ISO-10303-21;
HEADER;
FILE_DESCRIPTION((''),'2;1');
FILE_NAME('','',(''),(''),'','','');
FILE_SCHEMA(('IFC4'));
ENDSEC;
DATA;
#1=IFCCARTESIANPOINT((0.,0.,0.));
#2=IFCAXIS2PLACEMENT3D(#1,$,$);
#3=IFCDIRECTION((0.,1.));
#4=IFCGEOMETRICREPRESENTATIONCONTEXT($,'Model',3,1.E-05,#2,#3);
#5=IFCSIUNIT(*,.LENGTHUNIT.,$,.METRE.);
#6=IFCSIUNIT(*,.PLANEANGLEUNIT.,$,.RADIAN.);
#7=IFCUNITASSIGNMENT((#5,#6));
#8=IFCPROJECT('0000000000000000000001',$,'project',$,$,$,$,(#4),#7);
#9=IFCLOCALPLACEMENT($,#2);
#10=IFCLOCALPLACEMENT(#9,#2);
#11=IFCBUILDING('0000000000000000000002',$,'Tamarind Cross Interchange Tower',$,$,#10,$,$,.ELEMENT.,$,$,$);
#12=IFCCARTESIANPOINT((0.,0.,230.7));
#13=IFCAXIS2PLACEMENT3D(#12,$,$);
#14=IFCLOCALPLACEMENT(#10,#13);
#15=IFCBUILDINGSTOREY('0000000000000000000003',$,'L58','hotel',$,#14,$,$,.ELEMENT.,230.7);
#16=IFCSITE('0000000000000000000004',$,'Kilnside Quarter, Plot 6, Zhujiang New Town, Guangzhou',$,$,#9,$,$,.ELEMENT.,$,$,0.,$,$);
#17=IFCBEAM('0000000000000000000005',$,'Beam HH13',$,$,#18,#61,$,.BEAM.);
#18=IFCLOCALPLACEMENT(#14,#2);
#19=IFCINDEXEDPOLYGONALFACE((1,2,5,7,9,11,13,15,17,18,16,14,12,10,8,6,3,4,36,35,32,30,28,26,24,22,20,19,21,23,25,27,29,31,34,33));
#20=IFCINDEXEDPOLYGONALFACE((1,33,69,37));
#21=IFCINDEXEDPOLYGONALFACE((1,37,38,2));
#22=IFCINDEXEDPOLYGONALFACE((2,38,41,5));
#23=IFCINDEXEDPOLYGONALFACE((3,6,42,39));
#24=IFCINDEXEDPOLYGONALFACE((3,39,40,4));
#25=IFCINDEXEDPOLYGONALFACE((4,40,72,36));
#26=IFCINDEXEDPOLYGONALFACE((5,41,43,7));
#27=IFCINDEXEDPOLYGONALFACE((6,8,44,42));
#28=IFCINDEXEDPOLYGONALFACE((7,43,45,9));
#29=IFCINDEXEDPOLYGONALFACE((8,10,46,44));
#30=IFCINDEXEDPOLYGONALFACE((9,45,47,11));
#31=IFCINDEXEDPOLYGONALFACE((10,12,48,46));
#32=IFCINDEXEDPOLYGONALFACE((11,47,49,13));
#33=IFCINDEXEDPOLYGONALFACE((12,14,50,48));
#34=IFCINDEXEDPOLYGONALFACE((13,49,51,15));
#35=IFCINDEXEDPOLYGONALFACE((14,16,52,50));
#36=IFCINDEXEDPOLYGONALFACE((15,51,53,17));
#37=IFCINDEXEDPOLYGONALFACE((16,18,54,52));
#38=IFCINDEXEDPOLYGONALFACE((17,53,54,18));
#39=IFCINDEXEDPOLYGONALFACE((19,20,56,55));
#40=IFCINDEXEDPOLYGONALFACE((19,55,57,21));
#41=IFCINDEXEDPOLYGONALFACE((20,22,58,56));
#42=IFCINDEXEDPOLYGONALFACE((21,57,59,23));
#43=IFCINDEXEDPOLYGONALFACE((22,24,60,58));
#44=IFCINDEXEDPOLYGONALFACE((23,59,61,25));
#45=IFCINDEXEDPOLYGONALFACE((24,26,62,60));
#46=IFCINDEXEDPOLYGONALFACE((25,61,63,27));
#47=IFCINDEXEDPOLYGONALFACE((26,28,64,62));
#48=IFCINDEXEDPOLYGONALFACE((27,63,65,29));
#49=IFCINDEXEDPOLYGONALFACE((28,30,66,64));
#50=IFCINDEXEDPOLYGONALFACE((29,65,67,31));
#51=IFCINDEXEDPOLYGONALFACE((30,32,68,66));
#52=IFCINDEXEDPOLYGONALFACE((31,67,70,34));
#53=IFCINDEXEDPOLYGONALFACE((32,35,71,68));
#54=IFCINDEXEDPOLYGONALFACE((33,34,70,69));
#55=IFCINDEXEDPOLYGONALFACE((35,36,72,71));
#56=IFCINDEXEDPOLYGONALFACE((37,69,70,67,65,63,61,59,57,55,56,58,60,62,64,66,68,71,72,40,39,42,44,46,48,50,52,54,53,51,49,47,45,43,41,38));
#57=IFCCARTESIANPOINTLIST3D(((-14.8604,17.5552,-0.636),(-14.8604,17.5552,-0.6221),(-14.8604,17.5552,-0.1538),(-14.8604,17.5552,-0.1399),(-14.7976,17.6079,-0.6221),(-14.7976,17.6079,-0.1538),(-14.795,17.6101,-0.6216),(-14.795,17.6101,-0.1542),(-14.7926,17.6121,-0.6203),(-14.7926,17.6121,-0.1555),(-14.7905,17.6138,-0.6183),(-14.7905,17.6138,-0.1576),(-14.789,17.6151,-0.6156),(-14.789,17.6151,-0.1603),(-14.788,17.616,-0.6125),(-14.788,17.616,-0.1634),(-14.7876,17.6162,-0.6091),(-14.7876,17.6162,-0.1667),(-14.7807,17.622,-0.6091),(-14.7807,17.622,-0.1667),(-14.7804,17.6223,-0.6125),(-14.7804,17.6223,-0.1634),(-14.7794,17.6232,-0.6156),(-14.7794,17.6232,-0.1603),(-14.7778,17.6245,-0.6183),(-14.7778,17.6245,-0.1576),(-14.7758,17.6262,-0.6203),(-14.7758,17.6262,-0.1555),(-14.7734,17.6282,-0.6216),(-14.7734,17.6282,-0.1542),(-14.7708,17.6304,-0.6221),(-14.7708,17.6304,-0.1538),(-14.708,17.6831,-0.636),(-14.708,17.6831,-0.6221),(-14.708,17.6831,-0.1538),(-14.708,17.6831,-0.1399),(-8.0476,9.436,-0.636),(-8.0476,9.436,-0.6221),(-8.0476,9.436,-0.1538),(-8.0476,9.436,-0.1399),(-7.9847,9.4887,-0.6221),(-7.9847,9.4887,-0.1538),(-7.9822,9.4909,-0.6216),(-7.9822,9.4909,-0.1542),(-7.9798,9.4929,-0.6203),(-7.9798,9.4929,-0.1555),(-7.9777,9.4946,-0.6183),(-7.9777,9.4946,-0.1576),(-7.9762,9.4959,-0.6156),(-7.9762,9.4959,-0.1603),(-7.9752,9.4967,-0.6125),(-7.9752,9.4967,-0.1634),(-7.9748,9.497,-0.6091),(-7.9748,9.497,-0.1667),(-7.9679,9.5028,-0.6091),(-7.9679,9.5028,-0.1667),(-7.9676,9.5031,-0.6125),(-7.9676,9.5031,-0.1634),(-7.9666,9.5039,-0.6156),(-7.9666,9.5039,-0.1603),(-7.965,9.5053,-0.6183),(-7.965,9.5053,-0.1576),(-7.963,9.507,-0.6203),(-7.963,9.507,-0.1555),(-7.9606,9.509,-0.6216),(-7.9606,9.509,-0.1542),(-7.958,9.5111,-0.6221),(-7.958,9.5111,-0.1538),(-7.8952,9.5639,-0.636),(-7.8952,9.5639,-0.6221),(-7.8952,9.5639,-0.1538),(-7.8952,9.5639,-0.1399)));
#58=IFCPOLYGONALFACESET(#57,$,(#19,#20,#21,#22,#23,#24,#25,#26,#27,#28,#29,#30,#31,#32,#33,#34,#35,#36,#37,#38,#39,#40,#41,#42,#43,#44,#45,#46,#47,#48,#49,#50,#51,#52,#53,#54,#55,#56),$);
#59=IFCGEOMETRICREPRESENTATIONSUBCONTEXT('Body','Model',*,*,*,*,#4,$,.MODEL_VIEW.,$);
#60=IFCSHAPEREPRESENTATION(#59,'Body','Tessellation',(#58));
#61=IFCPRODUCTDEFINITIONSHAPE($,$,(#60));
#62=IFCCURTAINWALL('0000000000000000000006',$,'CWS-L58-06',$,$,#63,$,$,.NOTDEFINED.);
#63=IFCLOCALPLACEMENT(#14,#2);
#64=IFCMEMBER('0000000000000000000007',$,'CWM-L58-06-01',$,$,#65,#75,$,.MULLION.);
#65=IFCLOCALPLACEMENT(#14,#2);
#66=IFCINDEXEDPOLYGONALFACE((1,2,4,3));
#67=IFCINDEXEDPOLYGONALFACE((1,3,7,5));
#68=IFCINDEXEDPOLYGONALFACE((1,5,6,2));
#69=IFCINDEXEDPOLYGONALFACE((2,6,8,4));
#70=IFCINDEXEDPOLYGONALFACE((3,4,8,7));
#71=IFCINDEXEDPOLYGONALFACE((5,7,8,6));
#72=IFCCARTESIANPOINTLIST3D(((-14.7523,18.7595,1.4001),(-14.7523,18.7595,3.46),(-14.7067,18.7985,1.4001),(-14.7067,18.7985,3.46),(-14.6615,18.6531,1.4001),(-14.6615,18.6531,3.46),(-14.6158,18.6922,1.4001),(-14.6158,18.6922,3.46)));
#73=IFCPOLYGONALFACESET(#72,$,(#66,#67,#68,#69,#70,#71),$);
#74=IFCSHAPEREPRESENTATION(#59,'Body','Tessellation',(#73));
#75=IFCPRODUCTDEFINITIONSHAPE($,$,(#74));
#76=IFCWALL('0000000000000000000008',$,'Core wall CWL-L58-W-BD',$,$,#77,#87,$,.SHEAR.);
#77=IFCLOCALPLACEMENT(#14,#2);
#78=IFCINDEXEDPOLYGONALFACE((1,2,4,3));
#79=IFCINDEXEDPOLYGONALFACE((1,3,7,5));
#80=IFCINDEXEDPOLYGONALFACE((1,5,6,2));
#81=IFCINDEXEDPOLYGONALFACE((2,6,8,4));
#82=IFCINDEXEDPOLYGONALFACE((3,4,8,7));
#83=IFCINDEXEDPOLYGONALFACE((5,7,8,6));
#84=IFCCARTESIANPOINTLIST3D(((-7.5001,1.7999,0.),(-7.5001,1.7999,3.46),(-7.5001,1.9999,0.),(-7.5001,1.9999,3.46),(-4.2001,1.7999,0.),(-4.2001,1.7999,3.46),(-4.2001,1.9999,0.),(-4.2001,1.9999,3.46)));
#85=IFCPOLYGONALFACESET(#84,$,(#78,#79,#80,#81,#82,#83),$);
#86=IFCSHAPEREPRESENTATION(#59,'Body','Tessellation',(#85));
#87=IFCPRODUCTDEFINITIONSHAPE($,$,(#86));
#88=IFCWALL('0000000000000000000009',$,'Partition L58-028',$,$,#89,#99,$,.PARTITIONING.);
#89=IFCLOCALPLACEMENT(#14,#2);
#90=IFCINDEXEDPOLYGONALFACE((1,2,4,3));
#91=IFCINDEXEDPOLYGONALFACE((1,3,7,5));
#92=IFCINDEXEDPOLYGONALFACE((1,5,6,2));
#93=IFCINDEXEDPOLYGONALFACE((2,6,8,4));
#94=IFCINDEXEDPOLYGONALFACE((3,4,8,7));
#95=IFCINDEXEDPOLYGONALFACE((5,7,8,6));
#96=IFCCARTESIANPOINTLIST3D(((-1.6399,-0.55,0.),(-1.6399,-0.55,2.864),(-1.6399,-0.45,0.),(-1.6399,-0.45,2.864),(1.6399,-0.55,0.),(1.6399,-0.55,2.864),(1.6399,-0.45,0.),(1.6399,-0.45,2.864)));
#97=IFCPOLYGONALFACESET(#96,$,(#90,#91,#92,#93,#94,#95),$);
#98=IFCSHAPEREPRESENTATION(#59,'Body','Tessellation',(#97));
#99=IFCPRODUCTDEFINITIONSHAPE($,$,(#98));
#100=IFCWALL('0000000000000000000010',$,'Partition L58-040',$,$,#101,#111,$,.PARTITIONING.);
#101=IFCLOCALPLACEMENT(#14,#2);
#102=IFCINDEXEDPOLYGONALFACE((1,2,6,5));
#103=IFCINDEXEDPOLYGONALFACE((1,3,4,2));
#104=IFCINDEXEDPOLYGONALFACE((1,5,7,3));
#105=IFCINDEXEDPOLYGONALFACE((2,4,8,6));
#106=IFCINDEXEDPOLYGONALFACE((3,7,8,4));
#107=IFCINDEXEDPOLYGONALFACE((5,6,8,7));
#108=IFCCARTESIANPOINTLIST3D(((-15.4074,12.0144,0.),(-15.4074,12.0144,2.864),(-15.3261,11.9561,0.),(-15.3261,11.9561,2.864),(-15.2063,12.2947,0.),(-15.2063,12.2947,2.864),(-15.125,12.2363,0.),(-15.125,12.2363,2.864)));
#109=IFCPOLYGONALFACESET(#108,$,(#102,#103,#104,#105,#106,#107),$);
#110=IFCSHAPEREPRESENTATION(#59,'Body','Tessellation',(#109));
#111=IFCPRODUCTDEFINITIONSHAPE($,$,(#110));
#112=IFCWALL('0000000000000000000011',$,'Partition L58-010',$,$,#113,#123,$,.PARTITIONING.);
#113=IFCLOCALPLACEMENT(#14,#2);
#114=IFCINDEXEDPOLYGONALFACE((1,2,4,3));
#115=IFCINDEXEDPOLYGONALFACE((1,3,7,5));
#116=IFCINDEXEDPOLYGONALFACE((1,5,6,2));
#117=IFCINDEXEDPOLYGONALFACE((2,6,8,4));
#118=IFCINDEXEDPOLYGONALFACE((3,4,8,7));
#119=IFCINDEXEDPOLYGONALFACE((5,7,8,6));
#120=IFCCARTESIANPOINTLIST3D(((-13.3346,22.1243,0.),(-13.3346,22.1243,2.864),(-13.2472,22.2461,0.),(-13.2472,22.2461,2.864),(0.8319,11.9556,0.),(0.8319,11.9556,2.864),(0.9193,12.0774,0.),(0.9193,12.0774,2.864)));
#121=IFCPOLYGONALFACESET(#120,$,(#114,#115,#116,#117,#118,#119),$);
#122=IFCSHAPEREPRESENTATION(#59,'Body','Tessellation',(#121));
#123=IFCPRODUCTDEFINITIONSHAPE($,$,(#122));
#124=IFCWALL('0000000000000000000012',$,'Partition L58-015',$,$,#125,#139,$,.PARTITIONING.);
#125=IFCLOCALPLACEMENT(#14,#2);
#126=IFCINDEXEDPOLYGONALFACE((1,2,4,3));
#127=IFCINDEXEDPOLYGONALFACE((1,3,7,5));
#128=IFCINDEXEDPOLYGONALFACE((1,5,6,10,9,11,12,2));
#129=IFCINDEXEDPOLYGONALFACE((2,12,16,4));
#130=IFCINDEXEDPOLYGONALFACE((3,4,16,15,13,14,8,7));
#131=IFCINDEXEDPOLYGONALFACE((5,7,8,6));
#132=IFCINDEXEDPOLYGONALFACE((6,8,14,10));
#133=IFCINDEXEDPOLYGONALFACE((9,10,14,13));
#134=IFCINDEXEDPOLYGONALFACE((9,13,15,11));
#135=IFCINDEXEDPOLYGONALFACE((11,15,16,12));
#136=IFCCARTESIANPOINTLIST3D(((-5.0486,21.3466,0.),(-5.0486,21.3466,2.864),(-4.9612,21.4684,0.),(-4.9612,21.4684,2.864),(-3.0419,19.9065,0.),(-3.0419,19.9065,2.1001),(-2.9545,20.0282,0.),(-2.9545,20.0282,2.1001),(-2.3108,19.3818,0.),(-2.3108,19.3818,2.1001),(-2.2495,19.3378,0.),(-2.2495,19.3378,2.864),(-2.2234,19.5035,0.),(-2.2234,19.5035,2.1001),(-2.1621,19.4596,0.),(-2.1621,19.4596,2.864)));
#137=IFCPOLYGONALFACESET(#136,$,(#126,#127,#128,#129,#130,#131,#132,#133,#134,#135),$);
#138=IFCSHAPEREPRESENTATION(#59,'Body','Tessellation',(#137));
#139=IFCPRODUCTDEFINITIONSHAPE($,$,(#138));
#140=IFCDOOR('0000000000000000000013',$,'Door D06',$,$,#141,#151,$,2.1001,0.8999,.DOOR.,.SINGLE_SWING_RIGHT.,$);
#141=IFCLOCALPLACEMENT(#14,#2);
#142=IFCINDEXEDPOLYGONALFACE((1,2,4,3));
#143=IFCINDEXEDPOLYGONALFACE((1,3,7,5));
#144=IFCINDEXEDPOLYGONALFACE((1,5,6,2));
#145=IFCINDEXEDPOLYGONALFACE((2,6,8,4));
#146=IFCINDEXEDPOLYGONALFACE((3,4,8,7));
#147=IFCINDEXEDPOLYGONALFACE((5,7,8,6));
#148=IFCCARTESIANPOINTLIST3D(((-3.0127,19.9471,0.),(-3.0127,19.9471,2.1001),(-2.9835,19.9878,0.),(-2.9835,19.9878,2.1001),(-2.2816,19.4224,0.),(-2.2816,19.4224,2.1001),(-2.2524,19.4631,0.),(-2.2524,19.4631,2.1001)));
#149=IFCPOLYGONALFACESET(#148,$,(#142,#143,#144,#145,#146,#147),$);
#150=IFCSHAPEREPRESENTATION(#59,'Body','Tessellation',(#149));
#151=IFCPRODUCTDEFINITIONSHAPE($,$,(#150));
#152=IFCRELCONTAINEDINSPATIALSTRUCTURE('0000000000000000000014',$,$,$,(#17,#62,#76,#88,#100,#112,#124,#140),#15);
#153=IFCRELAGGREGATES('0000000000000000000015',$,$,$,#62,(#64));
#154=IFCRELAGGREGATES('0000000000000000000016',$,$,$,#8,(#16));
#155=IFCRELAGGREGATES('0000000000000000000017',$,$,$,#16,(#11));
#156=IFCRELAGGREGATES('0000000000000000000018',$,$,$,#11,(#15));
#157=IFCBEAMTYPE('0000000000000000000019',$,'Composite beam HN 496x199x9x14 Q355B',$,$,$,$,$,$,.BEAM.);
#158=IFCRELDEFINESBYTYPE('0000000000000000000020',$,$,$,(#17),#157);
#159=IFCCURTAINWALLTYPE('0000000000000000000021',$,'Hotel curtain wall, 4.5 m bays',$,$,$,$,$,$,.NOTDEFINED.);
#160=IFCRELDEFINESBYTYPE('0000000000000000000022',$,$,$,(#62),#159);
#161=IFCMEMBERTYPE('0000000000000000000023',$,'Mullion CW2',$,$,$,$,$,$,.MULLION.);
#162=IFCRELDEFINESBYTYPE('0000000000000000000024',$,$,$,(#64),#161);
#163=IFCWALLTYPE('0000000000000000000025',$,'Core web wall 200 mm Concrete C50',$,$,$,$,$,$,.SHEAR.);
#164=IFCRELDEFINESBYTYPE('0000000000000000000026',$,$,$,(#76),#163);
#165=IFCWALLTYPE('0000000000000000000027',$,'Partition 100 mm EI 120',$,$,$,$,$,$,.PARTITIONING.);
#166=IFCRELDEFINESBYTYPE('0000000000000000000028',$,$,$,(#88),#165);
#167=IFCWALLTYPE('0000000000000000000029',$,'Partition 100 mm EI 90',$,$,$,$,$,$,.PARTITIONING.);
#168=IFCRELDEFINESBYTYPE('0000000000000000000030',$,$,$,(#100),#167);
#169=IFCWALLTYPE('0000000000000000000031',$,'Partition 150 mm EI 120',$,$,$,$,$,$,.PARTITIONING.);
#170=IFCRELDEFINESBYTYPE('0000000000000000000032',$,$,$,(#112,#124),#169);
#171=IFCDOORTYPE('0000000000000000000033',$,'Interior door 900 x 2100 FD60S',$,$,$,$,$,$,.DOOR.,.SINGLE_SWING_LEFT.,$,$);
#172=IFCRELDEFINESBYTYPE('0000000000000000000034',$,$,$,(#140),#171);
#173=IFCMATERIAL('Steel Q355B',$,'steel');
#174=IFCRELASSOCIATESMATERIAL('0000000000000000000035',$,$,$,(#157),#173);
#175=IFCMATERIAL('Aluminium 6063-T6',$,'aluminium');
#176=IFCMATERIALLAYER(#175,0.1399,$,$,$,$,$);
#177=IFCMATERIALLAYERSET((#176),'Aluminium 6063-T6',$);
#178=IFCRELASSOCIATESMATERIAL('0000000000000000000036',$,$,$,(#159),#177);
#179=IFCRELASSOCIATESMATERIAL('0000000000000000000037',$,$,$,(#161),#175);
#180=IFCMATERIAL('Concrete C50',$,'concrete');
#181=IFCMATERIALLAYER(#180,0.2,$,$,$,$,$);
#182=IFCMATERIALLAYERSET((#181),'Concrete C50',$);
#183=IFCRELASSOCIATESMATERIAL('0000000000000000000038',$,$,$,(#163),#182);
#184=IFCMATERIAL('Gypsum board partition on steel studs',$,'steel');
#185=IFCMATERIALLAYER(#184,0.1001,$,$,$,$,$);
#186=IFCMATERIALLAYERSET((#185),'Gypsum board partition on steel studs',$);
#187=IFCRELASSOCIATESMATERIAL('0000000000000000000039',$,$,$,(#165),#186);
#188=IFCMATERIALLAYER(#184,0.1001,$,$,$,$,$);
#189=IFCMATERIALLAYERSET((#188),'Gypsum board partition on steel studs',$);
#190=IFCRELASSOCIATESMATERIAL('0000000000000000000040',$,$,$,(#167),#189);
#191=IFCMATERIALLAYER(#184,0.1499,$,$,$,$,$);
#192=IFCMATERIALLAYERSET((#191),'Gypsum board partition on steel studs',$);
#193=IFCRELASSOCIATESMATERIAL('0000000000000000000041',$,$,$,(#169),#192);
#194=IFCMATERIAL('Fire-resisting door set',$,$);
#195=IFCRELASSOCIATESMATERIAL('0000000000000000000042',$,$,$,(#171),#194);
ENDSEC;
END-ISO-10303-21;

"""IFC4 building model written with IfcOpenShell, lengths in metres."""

from ifc_helpers import new_model, si_unit, direction, frame, frame_2d, origin, origin_2d, place, context, subcontext, project, spatial, rectangle, i_section, extrude, material, layer, layer_set, material_profile, profile_set, type_object, element, fill, aggregate, save


model = new_model("IFC4")

# Units and contexts
model_context = context("Model", 3, precision=1e-05, world=origin(), true_north=direction((0.0, 1.0)))
body_context = subcontext(model_context, "Body", "Model", "MODEL_VIEW")
ifc_project = project(units=[si_unit("LENGTHUNIT", "METRE"), si_unit("PLANEANGLEUNIT", "RADIAN")], contexts=[model_context])

# Site, building, storey
site_placement = place(None, origin())
site = spatial("IfcSite", under=ifc_project, at=site_placement, Name="Kilnside Quarter, Plot 6, Zhujiang New Town, Guangzhou", CompositionType="ELEMENT", RefElevation=0.0)
building_placement = place(site_placement, origin())
building = spatial("IfcBuilding", under=site, at=building_placement, Name="Tamarind Cross Interchange Tower", CompositionType="ELEMENT")
storey_placement = place(building_placement, frame((0.0, 0.0, 230.7)))
storey = spatial("IfcBuildingStorey", under=building, at=storey_placement, Name="L58", Description="hotel", CompositionType="ELEMENT", Elevation=230.7)

# Shared definitions
ifc_material_1 = material(Name="Concrete C50", Category="concrete")

# Beam
ifc_material_2 = material(Name="Steel Q355B", Category="steel")
ifc_material_profile_1 = material_profile(ifc_material_2, i_section(OverallWidth=0.199, OverallDepth=0.4961, WebThickness=0.009, FlangeThickness=0.0139, FilletRadius=0.0129, at=origin_2d()), Name="HN 496x199x9x14")
ifc_profile_set_1 = profile_set([ifc_material_profile_1], Name="Steel Q355B")
beam_type_1 = type_object("IfcBeamType", Name="Composite beam HN 496x199x9x14 Q355B", PredefinedType="BEAM", material=ifc_profile_set_1)
beam_1_placement = place(storey_placement, frame((-14.7842, 17.6191, -0.3879), z_axis=(0.642786, -0.766046, 0.0), x_axis=(0.766046, 0.642786, 0.0)))
element("IfcBeam", 1, at=beam_1_placement, inside=storey, type_object=beam_type_1, Name="Beam HH13", PredefinedType="BEAM", context=body_context, shape_type="SweptSolid", body=[
    extrude(i_section(OverallWidth=0.199, OverallDepth=0.4961, WebThickness=0.009, FlangeThickness=0.0139, FilletRadius=0.0129, at=origin_2d()), origin(), (0.0, 0.0, 1.0), 10.5989),
])

# Curtain wall, member
ifc_material_3 = material(Name="Aluminium 6063-T6", Category="aluminium")
ifc_layer_1 = layer(ifc_material_3, 0.1399)
ifc_layer_set_1 = layer_set([ifc_layer_1], Name="Aluminium 6063-T6")
curtain_wall_type = type_object("IfcCurtainWallType", Name="Hotel curtain wall, 4.5 m bays", PredefinedType="NOTDEFINED", material=ifc_layer_set_1)
curtain_wall_placement = place(storey_placement, origin())
curtain_wall = element("IfcCurtainWall", 2, at=curtain_wall_placement, inside=storey, type_object=curtain_wall_type, Name="CWS-L58-06", PredefinedType="NOTDEFINED")
ifc_material_profile_2 = material_profile(ifc_material_3, rectangle(XDim=0.0601, YDim=0.1399, at=origin_2d()), Name="Mullion CW2")
ifc_profile_set_2 = profile_set([ifc_material_profile_2], Name="Aluminium 6063-T6")
member_type = type_object("IfcMemberType", Name="Mullion CW2", PredefinedType="MULLION", material=ifc_profile_set_2)
member_placement = place(storey_placement, frame((-14.6841, 18.7258, 1.4001), z_axis=(0.0, 0.0, 1.0), x_axis=(-0.760296, -0.649577, 0.0)))
member = element("IfcMember", 3, at=member_placement, type_object=member_type, Name="CWM-L58-06-01", PredefinedType="MULLION", context=body_context, shape_type="SweptSolid", body=[
    extrude(rectangle(XDim=0.0601, YDim=0.1399, at=origin_2d()), origin(), (0.0, 0.0, 1.0), 2.0598),
])
aggregate(curtain_wall, [member])

# Walls
ifc_layer_2 = layer(ifc_material_1, 0.2)
ifc_layer_set_2 = layer_set([ifc_layer_2], Name="Concrete C50")
wall_type_1 = type_object("IfcWallType", Name="Core web wall 200 mm Concrete C50", PredefinedType="SHEAR", material=ifc_layer_set_2)
wall_1_placement = place(storey_placement, frame((-7.5, 1.8999, 0.0), z_axis=(0.0, 0.0, 1.0), x_axis=(1.0, 0.0, 0.0)))
element("IfcWall", 4, at=wall_1_placement, inside=storey, type_object=wall_type_1, Name="Core wall CWL-L58-W-BD", PredefinedType="SHEAR", context=body_context, shape_type="SweptSolid", body=[
    extrude(rectangle(XDim=3.3, YDim=0.2, at=frame_2d((1.6499, 0.0))), origin(), (0.0, 0.0, 1.0), 3.46),
])
ifc_material_4 = material(Name="Gypsum board partition on steel studs", Category="steel")
ifc_layer_3 = layer(ifc_material_4, 0.1001)
ifc_layer_set_3 = layer_set([ifc_layer_3], Name="Gypsum board partition on steel studs")
wall_type_2 = type_object("IfcWallType", Name="Partition 100 mm EI 120", PredefinedType="PARTITIONING", material=ifc_layer_set_3)
wall_2_placement = place(storey_placement, frame((-1.6399, -0.5, 0.0), z_axis=(0.0, 0.0, 1.0), x_axis=(1.0, 0.0, 0.0)))
element("IfcWall", 5, at=wall_2_placement, inside=storey, type_object=wall_type_2, Name="Partition L58-028", PredefinedType="PARTITIONING", context=body_context, shape_type="SweptSolid", body=[
    extrude(rectangle(XDim=3.2798, YDim=0.1001, at=frame_2d((1.6399, 0.0))), origin(), (0.0, 0.0, 1.0), 2.864),
])
ifc_layer_4 = layer(ifc_material_4, 0.1001)
ifc_layer_set_4 = layer_set([ifc_layer_4], Name="Gypsum board partition on steel studs")
wall_type_3 = type_object("IfcWallType", Name="Partition 100 mm EI 90", PredefinedType="PARTITIONING", material=ifc_layer_set_4)
wall_3_placement = place(storey_placement, frame((-15.3667, 11.9854, 0.0), z_axis=(0.0, 0.0, 1.0), x_axis=(0.583111, 0.812392, 0.0)))
element("IfcWall", 6, at=wall_3_placement, inside=storey, type_object=wall_type_3, Name="Partition L58-040", PredefinedType="PARTITIONING", context=body_context, shape_type="SweptSolid", body=[
    extrude(rectangle(XDim=0.345, YDim=0.1001, at=frame_2d((0.1724, 0.0))), origin(), (0.0, 0.0, 1.0), 2.864),
])
ifc_layer_5 = layer(ifc_material_4, 0.1499)
ifc_layer_set_5 = layer_set([ifc_layer_5], Name="Gypsum board partition on steel studs")
wall_type_4 = type_object("IfcWallType", Name="Partition 150 mm EI 120", PredefinedType="PARTITIONING", material=ifc_layer_set_5)
wall_4_placement = place(storey_placement, frame((-13.291, 22.1853, 0.0), z_axis=(0.0, 0.0, 1.0), x_axis=(0.812381, -0.583126, 0.0)))
element("IfcWall", 7, at=wall_4_placement, inside=storey, type_object=wall_type_4, Name="Partition L58-010", PredefinedType="PARTITIONING", context=body_context, shape_type="SweptSolid", body=[
    extrude(rectangle(XDim=17.4382, YDim=0.1499, at=frame_2d((8.7192, 0.0))), origin(), (0.0, 0.0, 1.0), 2.864),
])

# Wall, opening, door
wall_5_placement = place(storey_placement, frame((-5.0049, 21.4075, 0.0), z_axis=(0.0, 0.0, 1.0), x_axis=(0.812434, -0.583053, 0.0)))
wall_5 = element("IfcWall", 8, at=wall_5_placement, inside=storey, type_object=wall_type_4, Name="Partition L58-015", PredefinedType="PARTITIONING", context=body_context, shape_type="SweptSolid", body=[
    extrude(rectangle(XDim=3.4453, YDim=0.1499, at=frame_2d((1.7227, 0.0))), origin(), (0.0, 0.0, 1.0), 2.864),
])
opening_1_placement = place(wall_5_placement, frame((2.47, 0.0, 0.0)))
opening_1 = element("IfcOpeningElement", 9, at=opening_1_placement, cuts=wall_5, PredefinedType="OPENING", context=body_context, shape_type="SweptSolid", body=[
    extrude(rectangle(XDim=0.8999, YDim=2.1001, at=frame_2d((0.45, 1.05))), frame((0.0, 0.085, 0.0), z_axis=(0.0, -1.0, 0.0), x_axis=(1.0, 0.0, 0.0)), (0.0, 0.0, 1.0), 0.1699),
])
ifc_material_5 = material(Name="Fire-resisting door set")
door_type = type_object("IfcDoorType", Name="Interior door 900 x 2100 FD60S", OperationType="SINGLE_SWING_LEFT", PredefinedType="DOOR", material=ifc_material_5)
door_1_placement = place(opening_1_placement, frame((0.8999, 0.0, 0.0), z_axis=(0.0, 0.0, 1.0), x_axis=(-1.0, 0.0, 0.0)))
door_1 = element("IfcDoor", 10, at=door_1_placement, inside=storey, type_object=door_type, Name="Door D06", OperationType="SINGLE_SWING_RIGHT", OverallHeight=2.1001, OverallWidth=0.8999, PredefinedType="DOOR", context=body_context, shape_type="SweptSolid", body=[
    extrude(rectangle(XDim=0.8999, YDim=2.1001, at=frame_2d((0.45, 1.05))), frame((0.0, 0.0249, 0.0), z_axis=(0.0, -1.0, 0.0), x_axis=(1.0, 0.0, 0.0)), (0.0, 0.0, 1.0), 0.05),
])
fill(opening_1, door_1)

save(model, "model.ifc")
